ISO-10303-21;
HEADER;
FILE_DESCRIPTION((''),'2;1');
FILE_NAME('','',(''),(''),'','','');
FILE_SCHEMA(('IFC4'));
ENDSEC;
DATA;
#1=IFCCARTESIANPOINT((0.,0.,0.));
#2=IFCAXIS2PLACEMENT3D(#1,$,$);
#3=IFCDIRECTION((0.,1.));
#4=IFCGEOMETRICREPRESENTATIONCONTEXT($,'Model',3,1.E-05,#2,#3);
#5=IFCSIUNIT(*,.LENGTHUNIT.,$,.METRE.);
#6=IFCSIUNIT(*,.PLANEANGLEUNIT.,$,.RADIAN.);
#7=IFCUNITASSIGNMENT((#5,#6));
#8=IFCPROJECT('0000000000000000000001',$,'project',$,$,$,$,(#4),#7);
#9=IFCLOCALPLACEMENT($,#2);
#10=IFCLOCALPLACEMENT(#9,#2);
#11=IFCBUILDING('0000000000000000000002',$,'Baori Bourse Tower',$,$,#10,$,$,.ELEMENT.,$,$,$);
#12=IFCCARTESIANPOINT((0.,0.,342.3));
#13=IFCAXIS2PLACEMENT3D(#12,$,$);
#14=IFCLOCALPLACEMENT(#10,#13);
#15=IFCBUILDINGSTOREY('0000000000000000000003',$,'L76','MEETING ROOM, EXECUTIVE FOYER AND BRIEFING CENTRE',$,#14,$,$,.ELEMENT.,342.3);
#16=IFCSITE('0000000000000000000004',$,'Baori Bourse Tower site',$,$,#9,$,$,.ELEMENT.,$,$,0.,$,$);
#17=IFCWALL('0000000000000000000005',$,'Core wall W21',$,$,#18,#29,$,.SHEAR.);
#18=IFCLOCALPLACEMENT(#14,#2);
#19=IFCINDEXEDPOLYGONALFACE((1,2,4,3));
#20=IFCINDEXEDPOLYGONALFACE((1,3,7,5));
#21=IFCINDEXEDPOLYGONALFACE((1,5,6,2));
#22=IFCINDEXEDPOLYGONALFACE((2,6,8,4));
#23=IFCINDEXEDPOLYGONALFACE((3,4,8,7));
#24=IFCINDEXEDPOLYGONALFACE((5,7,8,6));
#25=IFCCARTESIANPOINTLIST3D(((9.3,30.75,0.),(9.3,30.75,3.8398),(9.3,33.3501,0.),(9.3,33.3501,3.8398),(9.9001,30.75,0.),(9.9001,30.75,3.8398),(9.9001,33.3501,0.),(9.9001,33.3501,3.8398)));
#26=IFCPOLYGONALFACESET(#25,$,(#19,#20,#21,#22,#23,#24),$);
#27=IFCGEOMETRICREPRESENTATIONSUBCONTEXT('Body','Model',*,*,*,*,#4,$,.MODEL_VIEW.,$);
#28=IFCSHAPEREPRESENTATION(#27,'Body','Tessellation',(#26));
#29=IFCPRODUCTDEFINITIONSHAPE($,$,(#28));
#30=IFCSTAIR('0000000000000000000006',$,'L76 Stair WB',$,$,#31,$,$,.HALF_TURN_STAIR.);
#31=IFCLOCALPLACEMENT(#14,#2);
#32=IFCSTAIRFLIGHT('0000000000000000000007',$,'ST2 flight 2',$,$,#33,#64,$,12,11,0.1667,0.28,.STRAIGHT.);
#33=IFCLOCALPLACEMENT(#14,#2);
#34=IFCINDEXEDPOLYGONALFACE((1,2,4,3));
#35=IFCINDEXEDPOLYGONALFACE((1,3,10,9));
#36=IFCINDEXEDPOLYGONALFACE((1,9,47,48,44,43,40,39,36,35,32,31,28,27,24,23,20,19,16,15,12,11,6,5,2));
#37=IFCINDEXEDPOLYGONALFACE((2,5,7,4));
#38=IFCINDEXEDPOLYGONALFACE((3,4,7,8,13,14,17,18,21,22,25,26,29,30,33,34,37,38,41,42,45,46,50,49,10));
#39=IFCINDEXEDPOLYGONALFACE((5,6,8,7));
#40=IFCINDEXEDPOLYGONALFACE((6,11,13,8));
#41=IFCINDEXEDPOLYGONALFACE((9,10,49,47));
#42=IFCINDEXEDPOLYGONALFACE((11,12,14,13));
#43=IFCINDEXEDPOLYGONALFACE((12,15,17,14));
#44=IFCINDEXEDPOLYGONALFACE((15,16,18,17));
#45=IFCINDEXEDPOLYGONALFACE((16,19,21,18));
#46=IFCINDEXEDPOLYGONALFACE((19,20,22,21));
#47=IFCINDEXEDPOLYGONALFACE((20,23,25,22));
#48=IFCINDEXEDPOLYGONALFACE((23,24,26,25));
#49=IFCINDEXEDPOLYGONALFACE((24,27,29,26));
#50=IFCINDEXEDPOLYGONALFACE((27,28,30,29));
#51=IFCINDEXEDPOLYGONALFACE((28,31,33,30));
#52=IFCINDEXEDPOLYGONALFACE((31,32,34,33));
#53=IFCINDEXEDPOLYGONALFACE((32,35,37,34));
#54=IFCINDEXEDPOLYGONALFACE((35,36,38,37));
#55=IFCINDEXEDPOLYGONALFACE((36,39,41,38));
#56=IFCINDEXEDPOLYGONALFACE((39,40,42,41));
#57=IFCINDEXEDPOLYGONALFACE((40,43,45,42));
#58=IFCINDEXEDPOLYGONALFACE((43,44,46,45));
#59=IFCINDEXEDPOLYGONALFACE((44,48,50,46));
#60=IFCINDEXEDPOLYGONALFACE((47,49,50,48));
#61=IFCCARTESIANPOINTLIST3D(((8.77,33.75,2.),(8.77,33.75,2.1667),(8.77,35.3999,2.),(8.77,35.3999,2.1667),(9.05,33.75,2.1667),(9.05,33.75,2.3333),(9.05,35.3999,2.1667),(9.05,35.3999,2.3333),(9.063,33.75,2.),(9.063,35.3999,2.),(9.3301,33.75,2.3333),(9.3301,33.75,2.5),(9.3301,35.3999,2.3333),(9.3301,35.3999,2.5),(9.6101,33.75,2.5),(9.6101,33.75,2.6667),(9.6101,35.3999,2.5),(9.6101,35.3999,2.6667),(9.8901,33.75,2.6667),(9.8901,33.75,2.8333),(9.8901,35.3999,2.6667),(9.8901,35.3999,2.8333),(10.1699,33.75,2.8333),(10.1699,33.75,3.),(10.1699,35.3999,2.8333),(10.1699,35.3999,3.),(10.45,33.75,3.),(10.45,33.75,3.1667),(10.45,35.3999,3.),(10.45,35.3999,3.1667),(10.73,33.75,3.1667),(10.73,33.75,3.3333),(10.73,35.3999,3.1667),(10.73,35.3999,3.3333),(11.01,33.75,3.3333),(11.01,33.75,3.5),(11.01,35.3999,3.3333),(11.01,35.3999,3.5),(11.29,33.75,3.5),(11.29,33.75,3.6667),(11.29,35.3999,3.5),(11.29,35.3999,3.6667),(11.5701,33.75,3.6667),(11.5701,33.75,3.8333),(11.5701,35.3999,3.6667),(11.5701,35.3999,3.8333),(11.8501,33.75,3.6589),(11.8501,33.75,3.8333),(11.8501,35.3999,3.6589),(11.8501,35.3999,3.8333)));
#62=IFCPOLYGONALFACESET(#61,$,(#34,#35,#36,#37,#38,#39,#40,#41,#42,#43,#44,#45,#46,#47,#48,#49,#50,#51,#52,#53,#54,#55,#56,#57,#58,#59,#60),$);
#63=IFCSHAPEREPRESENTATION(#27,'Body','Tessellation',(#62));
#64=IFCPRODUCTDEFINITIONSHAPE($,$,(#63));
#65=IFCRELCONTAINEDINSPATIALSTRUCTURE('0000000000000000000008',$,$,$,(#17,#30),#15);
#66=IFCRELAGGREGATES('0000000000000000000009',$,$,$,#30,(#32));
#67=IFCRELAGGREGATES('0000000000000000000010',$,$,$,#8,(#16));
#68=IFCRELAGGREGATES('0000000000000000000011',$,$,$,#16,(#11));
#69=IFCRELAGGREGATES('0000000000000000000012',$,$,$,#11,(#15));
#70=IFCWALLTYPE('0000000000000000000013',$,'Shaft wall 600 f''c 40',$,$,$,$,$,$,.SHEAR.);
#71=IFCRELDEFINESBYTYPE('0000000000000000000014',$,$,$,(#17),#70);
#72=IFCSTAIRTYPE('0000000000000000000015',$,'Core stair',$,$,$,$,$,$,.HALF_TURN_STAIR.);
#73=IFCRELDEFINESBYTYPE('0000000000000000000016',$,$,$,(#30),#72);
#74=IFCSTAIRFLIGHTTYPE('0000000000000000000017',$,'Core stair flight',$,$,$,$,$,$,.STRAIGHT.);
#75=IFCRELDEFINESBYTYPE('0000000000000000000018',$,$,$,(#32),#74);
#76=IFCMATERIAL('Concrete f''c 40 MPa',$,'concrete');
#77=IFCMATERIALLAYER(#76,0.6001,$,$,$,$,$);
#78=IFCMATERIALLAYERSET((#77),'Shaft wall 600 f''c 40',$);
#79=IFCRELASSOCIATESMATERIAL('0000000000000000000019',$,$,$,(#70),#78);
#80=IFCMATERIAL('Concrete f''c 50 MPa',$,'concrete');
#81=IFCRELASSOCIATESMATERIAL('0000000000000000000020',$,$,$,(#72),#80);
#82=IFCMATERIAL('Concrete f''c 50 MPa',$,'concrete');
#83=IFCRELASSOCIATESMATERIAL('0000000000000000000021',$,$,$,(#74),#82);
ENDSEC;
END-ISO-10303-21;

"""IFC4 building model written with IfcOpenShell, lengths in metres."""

from ifc_helpers import new_model, si_unit, direction, frame, frame_2d, origin, place, context, subcontext, project, spatial, polyline, rectangle, outline, extrude, material, layer, layer_set, type_object, element, aggregate, save


model = new_model("IFC4")

# Units and contexts
model_context = context("Model", 3, precision=1e-05, world=origin(), true_north=direction((0.0, 1.0)))
body_context = subcontext(model_context, "Body", "Model", "MODEL_VIEW")
ifc_project = project(units=[si_unit("LENGTHUNIT", "METRE"), si_unit("PLANEANGLEUNIT", "RADIAN")], contexts=[model_context])

# Site, building, storey
site_placement = place(None, origin())
site = spatial("IfcSite", under=ifc_project, at=site_placement, Name="Baori Bourse Tower site", CompositionType="ELEMENT", RefElevation=0.0)
building_placement = place(site_placement, origin())
building = spatial("IfcBuilding", under=site, at=building_placement, Name="Baori Bourse Tower", CompositionType="ELEMENT")
storey_placement = place(building_placement, frame((0.0, 0.0, 342.3)))
storey = spatial("IfcBuildingStorey", under=building, at=storey_placement, Name="L76", Description="MEETING ROOM, EXECUTIVE FOYER AND BRIEFING CENTRE", CompositionType="ELEMENT", Elevation=342.3)

# Wall
ifc_material_1 = material(Name="Concrete f'c 40 MPa", Category="concrete")
ifc_layer_1 = layer(ifc_material_1, 0.6001)
ifc_layer_set_1 = layer_set([ifc_layer_1], Name="Shaft wall 600 f'c 40")
wall_type_1 = type_object("IfcWallType", Name="Shaft wall 600 f'c 40", PredefinedType="SHEAR", material=ifc_layer_set_1)
for number, where, z_axis, x_axis, name in (
    (1, (9.6001, 30.75, 0.0), (0.0, 0.0, 1.0), (0.0, 1.0, 0.0), "Core wall W21"),
):
    element("IfcWall", number, at=place(storey_placement, frame(where, z_axis=z_axis, x_axis=x_axis)), inside=storey, type_object=wall_type_1, Name=name, PredefinedType="SHEAR", context=body_context, shape_type="SweptSolid", body=[
        extrude(rectangle(XDim=2.6001, YDim=0.6001, at=frame_2d((1.3, 0.0))), origin(), (0.0, 0.0, 1.0), 3.8398),
    ])

# Stair, stair flight
ifc_material_2 = material(Name="Concrete f'c 50 MPa", Category="concrete")
stair_type = type_object("IfcStairType", Name="Core stair", PredefinedType="HALF_TURN_STAIR", material=ifc_material_2)
stair_placement = place(storey_placement, origin())
stair = element("IfcStair", 2, at=stair_placement, inside=storey, type_object=stair_type, Name="L76 Stair WB", PredefinedType="HALF_TURN_STAIR")
ifc_material_3 = material(Name="Concrete f'c 50 MPa", Category="concrete")
stair_flight_type = type_object("IfcStairFlightType", Name="Core stair flight", PredefinedType="STRAIGHT", material=ifc_material_3)
stair_flight_placement = place(storey_placement, frame((8.77, 34.575, 2.0), z_axis=(0.0, 0.0, 1.0), x_axis=(1.0, 0.0, 0.0)))
stair_flight = element("IfcStairFlight", 3, at=stair_flight_placement, type_object=stair_flight_type, Name="ST2 flight 2", NumberOfRisers=12, NumberOfTreads=11, PredefinedType="STRAIGHT", RiserHeight=0.1667, TreadLength=0.28, context=body_context, shape_type="SweptSolid", body=[
    extrude(outline(polyline([(0.0, 0.0), (0.0, 0.1667), (0.28, 0.1667), (0.28, 0.3333), (0.5601, 0.3333), (0.5601, 0.5), (0.8401, 0.5), (0.8401, 0.6667), (1.1201, 0.6667), (1.1201, 0.8333), (1.3999, 0.8333), (1.3999, 1.0), (1.6799, 1.0), (1.6799, 1.1667), (1.96, 1.1667), (1.96, 1.3333), (2.24, 1.3333), (2.24, 1.5), (2.52, 1.5), (2.52, 1.6667), (2.8, 1.6667), (2.8, 1.8333), (3.0801, 1.8333), (3.0801, 2.0), (3.0801, 1.6589), (0.293, 0.0), (0.0, 0.0)])), frame((0.0, 0.825, 0.0), z_axis=(0.0, -1.0, 0.0), x_axis=(1.0, 0.0, 0.0)), (0.0, 0.0, 1.0), 1.6499),
])
aggregate(stair, [stair_flight])

save(model, "model.ifc")
